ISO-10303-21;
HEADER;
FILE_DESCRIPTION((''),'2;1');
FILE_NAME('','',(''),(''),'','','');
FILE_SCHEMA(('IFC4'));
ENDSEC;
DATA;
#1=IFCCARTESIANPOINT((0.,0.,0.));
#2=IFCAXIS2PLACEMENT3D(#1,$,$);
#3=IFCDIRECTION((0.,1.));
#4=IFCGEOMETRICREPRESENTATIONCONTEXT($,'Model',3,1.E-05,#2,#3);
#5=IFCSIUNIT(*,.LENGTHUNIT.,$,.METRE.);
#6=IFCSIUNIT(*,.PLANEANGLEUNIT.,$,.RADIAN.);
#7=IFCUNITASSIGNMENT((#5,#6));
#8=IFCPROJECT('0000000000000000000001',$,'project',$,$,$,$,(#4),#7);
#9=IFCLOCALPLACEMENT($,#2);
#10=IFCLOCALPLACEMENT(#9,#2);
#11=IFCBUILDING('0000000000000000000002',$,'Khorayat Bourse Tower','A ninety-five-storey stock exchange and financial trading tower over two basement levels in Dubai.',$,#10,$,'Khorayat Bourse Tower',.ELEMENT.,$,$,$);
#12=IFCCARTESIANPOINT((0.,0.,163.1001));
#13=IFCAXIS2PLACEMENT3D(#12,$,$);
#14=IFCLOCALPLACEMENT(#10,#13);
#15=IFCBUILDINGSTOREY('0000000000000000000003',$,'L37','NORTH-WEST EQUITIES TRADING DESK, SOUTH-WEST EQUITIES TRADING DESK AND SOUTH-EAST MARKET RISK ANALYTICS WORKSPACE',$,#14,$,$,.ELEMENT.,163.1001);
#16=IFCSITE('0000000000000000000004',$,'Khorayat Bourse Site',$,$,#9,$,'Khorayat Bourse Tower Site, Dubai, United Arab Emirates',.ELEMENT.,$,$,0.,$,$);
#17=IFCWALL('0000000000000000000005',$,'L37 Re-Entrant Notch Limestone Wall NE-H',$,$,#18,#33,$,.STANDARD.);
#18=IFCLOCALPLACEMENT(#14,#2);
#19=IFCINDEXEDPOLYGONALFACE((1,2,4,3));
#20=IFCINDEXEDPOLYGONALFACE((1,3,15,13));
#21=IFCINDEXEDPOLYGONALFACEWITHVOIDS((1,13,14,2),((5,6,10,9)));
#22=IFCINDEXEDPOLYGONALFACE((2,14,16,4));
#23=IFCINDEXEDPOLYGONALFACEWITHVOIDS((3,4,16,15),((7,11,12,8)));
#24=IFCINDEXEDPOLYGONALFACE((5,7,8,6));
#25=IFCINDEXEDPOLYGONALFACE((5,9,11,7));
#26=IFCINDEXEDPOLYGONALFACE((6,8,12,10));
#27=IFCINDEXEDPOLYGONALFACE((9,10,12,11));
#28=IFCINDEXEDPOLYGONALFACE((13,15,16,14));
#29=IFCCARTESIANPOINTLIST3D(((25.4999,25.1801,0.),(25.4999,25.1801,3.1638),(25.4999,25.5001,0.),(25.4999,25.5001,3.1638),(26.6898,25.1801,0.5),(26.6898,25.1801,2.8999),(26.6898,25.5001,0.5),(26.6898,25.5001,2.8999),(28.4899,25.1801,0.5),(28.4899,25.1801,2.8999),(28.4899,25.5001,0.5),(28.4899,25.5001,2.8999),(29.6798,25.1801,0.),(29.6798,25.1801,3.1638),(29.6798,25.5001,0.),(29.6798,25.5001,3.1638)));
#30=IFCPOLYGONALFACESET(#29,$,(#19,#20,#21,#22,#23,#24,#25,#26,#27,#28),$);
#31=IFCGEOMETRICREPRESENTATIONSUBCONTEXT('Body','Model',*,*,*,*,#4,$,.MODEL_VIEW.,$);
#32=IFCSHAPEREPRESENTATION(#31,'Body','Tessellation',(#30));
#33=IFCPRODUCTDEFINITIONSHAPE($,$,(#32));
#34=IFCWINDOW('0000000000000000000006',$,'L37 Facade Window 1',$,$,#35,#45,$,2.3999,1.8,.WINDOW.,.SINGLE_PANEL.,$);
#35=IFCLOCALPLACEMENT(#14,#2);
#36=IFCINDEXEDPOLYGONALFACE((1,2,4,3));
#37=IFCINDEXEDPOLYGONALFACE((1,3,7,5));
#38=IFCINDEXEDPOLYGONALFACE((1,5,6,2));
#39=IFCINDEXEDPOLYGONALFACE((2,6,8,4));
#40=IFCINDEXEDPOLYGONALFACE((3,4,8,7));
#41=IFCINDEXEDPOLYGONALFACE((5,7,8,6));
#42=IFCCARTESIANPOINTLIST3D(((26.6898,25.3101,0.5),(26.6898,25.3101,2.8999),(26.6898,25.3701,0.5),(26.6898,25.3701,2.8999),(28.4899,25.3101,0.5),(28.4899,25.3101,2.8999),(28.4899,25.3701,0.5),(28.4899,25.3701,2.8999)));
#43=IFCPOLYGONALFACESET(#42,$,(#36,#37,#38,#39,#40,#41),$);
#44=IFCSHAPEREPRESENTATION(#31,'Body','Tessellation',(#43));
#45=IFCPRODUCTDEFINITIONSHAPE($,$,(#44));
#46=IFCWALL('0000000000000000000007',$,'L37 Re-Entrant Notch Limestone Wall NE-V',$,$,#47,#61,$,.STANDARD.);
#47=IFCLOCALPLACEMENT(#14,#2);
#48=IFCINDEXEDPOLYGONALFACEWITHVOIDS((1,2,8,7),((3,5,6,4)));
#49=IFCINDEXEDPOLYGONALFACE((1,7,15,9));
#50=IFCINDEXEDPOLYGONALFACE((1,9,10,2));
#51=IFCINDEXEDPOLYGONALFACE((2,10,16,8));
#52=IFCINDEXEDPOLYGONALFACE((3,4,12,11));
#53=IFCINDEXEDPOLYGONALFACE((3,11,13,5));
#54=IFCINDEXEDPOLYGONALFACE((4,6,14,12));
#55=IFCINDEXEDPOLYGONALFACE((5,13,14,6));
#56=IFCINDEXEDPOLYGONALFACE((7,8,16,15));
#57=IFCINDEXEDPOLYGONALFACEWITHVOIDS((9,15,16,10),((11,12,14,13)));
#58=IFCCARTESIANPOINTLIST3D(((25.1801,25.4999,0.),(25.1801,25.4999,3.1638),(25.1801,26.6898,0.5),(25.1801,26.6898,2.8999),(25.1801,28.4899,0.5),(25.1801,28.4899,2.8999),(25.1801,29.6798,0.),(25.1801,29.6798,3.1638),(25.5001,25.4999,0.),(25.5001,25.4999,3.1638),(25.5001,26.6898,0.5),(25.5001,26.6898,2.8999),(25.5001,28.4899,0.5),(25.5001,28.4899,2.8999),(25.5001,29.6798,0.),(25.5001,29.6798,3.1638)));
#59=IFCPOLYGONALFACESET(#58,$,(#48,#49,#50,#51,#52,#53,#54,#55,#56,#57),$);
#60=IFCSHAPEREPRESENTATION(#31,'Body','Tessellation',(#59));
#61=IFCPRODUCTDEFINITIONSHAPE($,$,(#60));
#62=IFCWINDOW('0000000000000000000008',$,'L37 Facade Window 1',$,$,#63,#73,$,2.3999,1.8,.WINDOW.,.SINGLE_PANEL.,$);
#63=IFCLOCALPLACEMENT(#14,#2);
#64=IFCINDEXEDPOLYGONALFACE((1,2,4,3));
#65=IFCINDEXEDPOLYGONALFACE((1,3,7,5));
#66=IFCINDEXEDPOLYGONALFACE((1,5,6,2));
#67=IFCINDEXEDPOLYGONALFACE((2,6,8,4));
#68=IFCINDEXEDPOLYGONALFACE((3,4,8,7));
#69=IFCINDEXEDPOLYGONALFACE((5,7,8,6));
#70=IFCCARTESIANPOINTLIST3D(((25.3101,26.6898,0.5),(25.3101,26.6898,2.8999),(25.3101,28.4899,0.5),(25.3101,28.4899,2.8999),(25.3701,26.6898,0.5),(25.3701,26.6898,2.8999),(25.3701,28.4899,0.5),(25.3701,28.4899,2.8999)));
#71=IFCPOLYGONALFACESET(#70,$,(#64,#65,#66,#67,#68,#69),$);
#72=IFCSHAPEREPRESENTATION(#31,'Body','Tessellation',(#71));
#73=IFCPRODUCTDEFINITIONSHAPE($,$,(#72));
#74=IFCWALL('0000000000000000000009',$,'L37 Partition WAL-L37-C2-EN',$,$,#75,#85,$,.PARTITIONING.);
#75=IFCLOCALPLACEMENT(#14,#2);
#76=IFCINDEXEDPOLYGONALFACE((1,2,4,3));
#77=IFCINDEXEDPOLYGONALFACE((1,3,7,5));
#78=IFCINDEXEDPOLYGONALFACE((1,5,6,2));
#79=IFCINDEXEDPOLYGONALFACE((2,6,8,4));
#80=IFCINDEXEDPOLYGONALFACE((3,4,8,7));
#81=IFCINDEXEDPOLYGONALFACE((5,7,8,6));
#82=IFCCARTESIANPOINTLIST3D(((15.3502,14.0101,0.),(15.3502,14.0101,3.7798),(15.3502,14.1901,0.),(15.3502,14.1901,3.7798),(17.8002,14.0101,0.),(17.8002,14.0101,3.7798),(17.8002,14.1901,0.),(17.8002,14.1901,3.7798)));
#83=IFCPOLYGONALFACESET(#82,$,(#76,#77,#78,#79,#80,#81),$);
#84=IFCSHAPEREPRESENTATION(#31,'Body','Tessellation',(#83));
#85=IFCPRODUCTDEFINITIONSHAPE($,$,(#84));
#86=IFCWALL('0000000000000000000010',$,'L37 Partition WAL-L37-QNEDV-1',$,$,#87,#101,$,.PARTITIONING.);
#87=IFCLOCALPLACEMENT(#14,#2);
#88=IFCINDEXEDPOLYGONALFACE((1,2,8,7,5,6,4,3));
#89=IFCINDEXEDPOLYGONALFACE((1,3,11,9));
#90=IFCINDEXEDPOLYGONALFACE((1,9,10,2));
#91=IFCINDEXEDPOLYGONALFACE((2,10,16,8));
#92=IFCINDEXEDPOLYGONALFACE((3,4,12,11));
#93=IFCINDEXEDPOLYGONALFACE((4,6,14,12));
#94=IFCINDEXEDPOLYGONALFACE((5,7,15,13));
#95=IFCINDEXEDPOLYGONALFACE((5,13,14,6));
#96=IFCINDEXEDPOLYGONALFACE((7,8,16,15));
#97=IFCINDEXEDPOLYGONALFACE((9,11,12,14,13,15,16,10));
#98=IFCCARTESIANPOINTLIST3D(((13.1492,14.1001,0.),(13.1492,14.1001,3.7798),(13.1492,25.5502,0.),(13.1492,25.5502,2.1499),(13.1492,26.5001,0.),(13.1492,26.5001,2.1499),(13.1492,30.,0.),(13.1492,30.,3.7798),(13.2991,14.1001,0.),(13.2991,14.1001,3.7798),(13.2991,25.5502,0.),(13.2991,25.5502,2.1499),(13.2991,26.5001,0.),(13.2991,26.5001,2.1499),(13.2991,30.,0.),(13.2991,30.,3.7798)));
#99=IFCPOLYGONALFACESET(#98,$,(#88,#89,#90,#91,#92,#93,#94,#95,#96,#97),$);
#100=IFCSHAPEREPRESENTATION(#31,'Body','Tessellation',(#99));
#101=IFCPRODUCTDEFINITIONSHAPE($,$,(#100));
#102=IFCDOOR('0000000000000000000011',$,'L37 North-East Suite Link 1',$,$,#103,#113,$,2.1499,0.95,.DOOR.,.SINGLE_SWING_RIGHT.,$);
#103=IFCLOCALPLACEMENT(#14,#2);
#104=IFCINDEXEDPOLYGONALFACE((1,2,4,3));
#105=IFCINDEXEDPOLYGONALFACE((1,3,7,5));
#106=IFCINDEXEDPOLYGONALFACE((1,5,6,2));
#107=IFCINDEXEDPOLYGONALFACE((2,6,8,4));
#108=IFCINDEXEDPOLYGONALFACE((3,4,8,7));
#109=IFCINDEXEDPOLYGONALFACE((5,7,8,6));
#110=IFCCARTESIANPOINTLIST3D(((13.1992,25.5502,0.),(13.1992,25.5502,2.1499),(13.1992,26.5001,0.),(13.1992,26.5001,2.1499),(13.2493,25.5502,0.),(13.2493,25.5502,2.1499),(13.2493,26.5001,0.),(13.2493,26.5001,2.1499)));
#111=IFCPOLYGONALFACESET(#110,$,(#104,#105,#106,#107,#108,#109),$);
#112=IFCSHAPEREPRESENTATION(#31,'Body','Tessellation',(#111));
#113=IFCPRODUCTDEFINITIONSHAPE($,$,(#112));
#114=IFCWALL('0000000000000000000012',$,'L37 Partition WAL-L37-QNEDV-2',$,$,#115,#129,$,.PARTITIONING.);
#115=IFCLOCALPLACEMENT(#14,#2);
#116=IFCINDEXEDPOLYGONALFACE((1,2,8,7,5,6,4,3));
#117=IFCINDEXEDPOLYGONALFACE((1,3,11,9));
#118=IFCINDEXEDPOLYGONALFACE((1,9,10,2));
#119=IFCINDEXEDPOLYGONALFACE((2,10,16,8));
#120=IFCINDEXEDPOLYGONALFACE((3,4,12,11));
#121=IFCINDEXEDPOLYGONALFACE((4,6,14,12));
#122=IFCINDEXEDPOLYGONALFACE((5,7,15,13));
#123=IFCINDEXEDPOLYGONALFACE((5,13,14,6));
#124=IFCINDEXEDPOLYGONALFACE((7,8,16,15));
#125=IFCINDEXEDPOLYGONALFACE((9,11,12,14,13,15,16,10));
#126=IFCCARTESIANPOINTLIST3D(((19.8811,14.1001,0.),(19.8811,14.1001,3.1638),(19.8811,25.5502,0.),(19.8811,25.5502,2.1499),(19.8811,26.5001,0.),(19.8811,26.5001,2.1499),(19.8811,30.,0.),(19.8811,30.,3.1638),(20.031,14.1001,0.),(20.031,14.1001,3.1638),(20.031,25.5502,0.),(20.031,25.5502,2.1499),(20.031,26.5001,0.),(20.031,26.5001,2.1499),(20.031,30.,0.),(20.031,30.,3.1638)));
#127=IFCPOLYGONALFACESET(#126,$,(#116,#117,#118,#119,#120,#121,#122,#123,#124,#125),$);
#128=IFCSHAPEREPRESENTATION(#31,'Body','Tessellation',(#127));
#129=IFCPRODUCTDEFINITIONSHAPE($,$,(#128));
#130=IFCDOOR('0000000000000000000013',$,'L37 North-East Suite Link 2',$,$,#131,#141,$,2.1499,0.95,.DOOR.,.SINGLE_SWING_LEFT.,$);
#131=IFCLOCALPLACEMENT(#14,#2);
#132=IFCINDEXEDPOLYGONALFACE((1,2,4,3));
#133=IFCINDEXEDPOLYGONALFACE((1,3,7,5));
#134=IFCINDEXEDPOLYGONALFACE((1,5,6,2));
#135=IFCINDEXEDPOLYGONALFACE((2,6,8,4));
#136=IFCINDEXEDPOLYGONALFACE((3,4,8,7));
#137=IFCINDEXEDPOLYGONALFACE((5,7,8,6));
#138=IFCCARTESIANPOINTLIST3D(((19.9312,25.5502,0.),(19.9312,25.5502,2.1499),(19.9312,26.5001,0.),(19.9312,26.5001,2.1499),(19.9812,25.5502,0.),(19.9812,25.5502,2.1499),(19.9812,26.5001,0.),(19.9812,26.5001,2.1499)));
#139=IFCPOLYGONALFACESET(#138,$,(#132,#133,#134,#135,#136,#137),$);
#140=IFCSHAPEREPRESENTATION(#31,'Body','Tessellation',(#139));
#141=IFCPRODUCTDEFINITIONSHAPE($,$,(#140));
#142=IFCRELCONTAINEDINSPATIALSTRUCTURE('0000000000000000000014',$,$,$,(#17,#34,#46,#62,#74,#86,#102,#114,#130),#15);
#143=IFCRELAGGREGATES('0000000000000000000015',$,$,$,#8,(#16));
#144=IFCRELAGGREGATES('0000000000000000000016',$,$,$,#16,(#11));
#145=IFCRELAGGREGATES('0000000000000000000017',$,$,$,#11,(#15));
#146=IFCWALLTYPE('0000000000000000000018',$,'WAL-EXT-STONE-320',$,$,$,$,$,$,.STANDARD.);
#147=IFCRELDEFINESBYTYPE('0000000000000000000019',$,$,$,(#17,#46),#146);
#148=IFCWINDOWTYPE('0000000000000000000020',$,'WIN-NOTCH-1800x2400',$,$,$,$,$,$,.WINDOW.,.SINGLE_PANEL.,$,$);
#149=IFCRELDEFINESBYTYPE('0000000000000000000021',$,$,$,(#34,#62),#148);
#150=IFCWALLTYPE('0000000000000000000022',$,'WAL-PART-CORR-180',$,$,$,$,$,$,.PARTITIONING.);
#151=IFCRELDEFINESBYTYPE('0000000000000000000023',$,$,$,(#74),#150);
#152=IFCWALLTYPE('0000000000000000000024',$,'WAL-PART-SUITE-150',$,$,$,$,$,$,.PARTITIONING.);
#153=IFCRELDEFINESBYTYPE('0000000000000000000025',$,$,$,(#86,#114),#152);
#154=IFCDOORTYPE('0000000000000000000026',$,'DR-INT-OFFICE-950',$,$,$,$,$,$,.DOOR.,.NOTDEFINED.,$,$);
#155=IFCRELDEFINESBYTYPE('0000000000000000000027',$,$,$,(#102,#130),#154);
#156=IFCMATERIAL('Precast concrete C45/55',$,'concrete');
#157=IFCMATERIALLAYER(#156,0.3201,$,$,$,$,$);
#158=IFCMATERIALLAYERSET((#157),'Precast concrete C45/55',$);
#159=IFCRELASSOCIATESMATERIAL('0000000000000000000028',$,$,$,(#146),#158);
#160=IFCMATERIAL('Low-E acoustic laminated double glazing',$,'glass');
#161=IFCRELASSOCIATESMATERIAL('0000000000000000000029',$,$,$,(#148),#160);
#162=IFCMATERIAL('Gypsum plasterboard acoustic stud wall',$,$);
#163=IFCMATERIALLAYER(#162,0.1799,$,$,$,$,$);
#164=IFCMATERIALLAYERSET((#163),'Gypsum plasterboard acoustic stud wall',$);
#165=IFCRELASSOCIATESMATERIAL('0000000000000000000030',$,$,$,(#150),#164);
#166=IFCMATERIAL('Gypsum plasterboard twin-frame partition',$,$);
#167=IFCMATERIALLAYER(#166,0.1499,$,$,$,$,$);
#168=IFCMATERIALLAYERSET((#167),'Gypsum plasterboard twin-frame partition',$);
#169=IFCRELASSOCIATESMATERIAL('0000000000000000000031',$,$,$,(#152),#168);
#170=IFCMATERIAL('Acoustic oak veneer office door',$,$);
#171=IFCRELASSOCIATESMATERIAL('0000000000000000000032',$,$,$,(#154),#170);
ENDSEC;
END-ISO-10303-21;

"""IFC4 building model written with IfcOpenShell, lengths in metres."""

from ifc_helpers import new_model, si_unit, direction, frame, frame_2d, origin, place, context, subcontext, project, spatial, rectangle, extrude, source, transform, mapped, material, layer, layer_set, type_object, element, fill, save


model = new_model("IFC4")

# Units and contexts
model_context = context("Model", 3, precision=1e-05, world=origin(), true_north=direction((0.0, 1.0)))
body_context = subcontext(model_context, "Body", "Model", "MODEL_VIEW")
ifc_project = project(units=[si_unit("LENGTHUNIT", "METRE"), si_unit("PLANEANGLEUNIT", "RADIAN")], contexts=[model_context])

# Site, building, storey
site_placement = place(None, origin())
site = spatial("IfcSite", under=ifc_project, at=site_placement, Name="Khorayat Bourse Site", LongName="Khorayat Bourse Tower Site, Dubai, United Arab Emirates", CompositionType="ELEMENT", RefElevation=0.0)
building_placement = place(site_placement, origin())
building = spatial("IfcBuilding", under=site, at=building_placement, Name="Khorayat Bourse Tower", Description="A ninety-five-storey stock exchange and financial trading tower over two basement levels in Dubai.", LongName="Khorayat Bourse Tower", CompositionType="ELEMENT")
storey_placement = place(building_placement, frame((0.0, 0.0, 163.1001)))
storey = spatial("IfcBuildingStorey", under=building, at=storey_placement, Name="L37", Description="NORTH-WEST EQUITIES TRADING DESK, SOUTH-WEST EQUITIES TRADING DESK AND SOUTH-EAST MARKET RISK ANALYTICS WORKSPACE", CompositionType="ELEMENT", Elevation=163.1001)

# Walls, openings, windows
ifc_material_1 = material(Name="Precast concrete C45/55", Category="concrete")
ifc_layer_1 = layer(ifc_material_1, 0.3201)
ifc_layer_set_1 = layer_set([ifc_layer_1], Name="Precast concrete C45/55")
wall_type_1 = type_object("IfcWallType", Name="WAL-EXT-STONE-320", PredefinedType="STANDARD", material=ifc_layer_set_1)
shared_shape_1 = source(origin(), body_context, "Body", "SweptSolid", [
    extrude(rectangle(XDim=4.1799, YDim=0.3201, at=frame_2d((2.0898, 0.0))), origin(), (0.0, 0.0, 1.0), 3.1638),
])
wall_1_placement = place(storey_placement, frame((25.5, 25.3401, 0.0), z_axis=(0.0, 0.0, 1.0), x_axis=(1.0, 0.0, 0.0)))
wall_1 = element("IfcWall", 1, at=wall_1_placement, inside=storey, type_object=wall_type_1, Name="L37 Re-Entrant Notch Limestone Wall NE-H", PredefinedType="STANDARD", context=body_context, shape_type="MappedRepresentation", body=[
    mapped(shared_shape_1, transform((0.0, 0.0, 0.0), scale=1.0)),
])
shared_shape_2 = source(origin(), body_context, "Body", "SweptSolid", [
    extrude(rectangle(XDim=1.8, YDim=2.3999, at=frame_2d((0.8999, 1.2))), frame((0.0, 0.1699, 0.0), z_axis=(0.0, -1.0, 0.0), x_axis=(1.0, 0.0, 0.0)), (0.0, 0.0, 1.0), 0.3401),
])
opening_1_placement = place(wall_1_placement, frame((1.1899, 0.0, 0.5)))
opening_1 = element("IfcOpeningElement", 2, at=opening_1_placement, cuts=wall_1, PredefinedType="OPENING", context=body_context, shape_type="MappedRepresentation", body=[
    mapped(shared_shape_2, transform((0.0, 0.0, 0.0), scale=1.0)),
])
ifc_material_2 = material(Name="Low-E acoustic laminated double glazing", Category="glass")
window_type = type_object("IfcWindowType", Name="WIN-NOTCH-1800x2400", PartitioningType="SINGLE_PANEL", PredefinedType="WINDOW", material=ifc_material_2)
shared_shape_3 = source(origin(), body_context, "Body", "SweptSolid", [
    extrude(rectangle(XDim=1.8, YDim=2.3999, at=frame_2d((0.8999, 1.2))), frame((0.0, 0.03, 0.0), z_axis=(0.0, -1.0, 0.0), x_axis=(1.0, 0.0, 0.0)), (0.0, 0.0, 1.0), 0.0601),
])
window_1_placement = place(opening_1_placement, origin())
window_1 = element("IfcWindow", 3, at=window_1_placement, inside=storey, type_object=window_type, Name="L37 Facade Window 1", OverallHeight=2.3999, OverallWidth=1.8, PartitioningType="SINGLE_PANEL", PredefinedType="WINDOW", context=body_context, shape_type="MappedRepresentation", body=[
    mapped(shared_shape_3, transform((0.0, 0.0, 0.0), scale=1.0)),
])
fill(opening_1, window_1)
wall_2_placement = place(storey_placement, frame((25.3401, 25.5, 0.0), z_axis=(0.0, 0.0, 1.0), x_axis=(0.0, 1.0, 0.0)))
wall_2 = element("IfcWall", 4, at=wall_2_placement, inside=storey, type_object=wall_type_1, Name="L37 Re-Entrant Notch Limestone Wall NE-V", PredefinedType="STANDARD", context=body_context, shape_type="MappedRepresentation", body=[
    mapped(shared_shape_1, transform((0.0, 0.0, 0.0), scale=1.0)),
])
opening_2_placement = place(wall_2_placement, frame((1.1899, 0.0, 0.5)))
opening_2 = element("IfcOpeningElement", 5, at=opening_2_placement, cuts=wall_2, PredefinedType="OPENING", context=body_context, shape_type="MappedRepresentation", body=[
    mapped(shared_shape_2, transform((0.0, 0.0, 0.0), scale=1.0)),
])
window_2_placement = place(opening_2_placement, origin())
window_2 = element("IfcWindow", 6, at=window_2_placement, inside=storey, type_object=window_type, Name="L37 Facade Window 1", OverallHeight=2.3999, OverallWidth=1.8, PartitioningType="SINGLE_PANEL", PredefinedType="WINDOW", context=body_context, shape_type="MappedRepresentation", body=[
    mapped(shared_shape_3, transform((0.0, 0.0, 0.0), scale=1.0)),
])
fill(opening_2, window_2)

# Wall
ifc_material_3 = material(Name="Gypsum plasterboard acoustic stud wall")
ifc_layer_2 = layer(ifc_material_3, 0.1799)
ifc_layer_set_2 = layer_set([ifc_layer_2], Name="Gypsum plasterboard acoustic stud wall")
wall_type_2 = type_object("IfcWallType", Name="WAL-PART-CORR-180", PredefinedType="PARTITIONING", material=ifc_layer_set_2)
shared_shape_4 = source(origin(), body_context, "Body", "SweptSolid", [
    extrude(rectangle(XDim=2.45, YDim=0.1799, at=frame_2d((1.2251, 0.0))), origin(), (0.0, 0.0, 1.0), 3.7798),
])
wall_3_placement = place(storey_placement, frame((15.3501, 14.1001, 0.0), z_axis=(0.0, 0.0, 1.0), x_axis=(1.0, 0.0, 0.0)))
element("IfcWall", 7, at=wall_3_placement, inside=storey, type_object=wall_type_2, Name="L37 Partition WAL-L37-C2-EN", PredefinedType="PARTITIONING", context=body_context, shape_type="MappedRepresentation", body=[
    mapped(shared_shape_4, transform((0.0, 0.0, 0.0), scale=1.0)),
])

# Walls, openings, doors
ifc_material_4 = material(Name="Gypsum plasterboard twin-frame partition")
ifc_layer_3 = layer(ifc_material_4, 0.1499)
ifc_layer_set_3 = layer_set([ifc_layer_3], Name="Gypsum plasterboard twin-frame partition")
wall_type_3 = type_object("IfcWallType", Name="WAL-PART-SUITE-150", PredefinedType="PARTITIONING", material=ifc_layer_set_3)
shared_shape_5 = source(origin(), body_context, "Body", "SweptSolid", [
    extrude(rectangle(XDim=15.8999, YDim=0.1499, at=frame_2d((7.95, 0.0))), origin(), (0.0, 0.0, 1.0), 3.7798),
])
wall_4_placement = place(storey_placement, frame((13.2241, 14.1001, 0.0), z_axis=(0.0, 0.0, 1.0), x_axis=(0.0, 1.0, 0.0)))
wall_4 = element("IfcWall", 8, at=wall_4_placement, inside=storey, type_object=wall_type_3, Name="L37 Partition WAL-L37-QNEDV-1", PredefinedType="PARTITIONING", context=body_context, shape_type="MappedRepresentation", body=[
    mapped(shared_shape_5, transform((0.0, 0.0, 0.0), scale=1.0)),
])
shared_shape_6 = source(origin(), body_context, "Body", "SweptSolid", [
    extrude(rectangle(XDim=0.95, YDim=2.1499, at=frame_2d((0.4751, 1.075))), frame((0.0, 0.085, 0.0), z_axis=(0.0, -1.0, 0.0), x_axis=(1.0, 0.0, 0.0)), (0.0, 0.0, 1.0), 0.1699),
])
opening_3_placement = place(wall_4_placement, frame((11.45, 0.0, 0.0)))
opening_3 = element("IfcOpeningElement", 9, at=opening_3_placement, cuts=wall_4, PredefinedType="OPENING", context=body_context, shape_type="MappedRepresentation", body=[
    mapped(shared_shape_6, transform((0.0, 0.0, 0.0), scale=1.0)),
])
ifc_material_5 = material(Name="Acoustic oak veneer office door")
door_type = type_object("IfcDoorType", Name="DR-INT-OFFICE-950", OperationType="NOTDEFINED", PredefinedType="DOOR", material=ifc_material_5)
shared_shape_7 = source(origin(), body_context, "Body", "SweptSolid", [
    extrude(rectangle(XDim=0.95, YDim=2.1499, at=frame_2d((0.4751, 1.075))), frame((0.0, 0.0249, 0.0), z_axis=(0.0, -1.0, 0.0), x_axis=(1.0, 0.0, 0.0)), (0.0, 0.0, 1.0), 0.05),
])
door_1_placement = place(opening_3_placement, origin())
door_1 = element("IfcDoor", 10, at=door_1_placement, inside=storey, type_object=door_type, Name="L37 North-East Suite Link 1", OperationType="SINGLE_SWING_RIGHT", OverallHeight=2.1499, OverallWidth=0.95, PredefinedType="DOOR", context=body_context, shape_type="MappedRepresentation", body=[
    mapped(shared_shape_7, transform((0.0, 0.0, 0.0), scale=1.0)),
])
fill(opening_3, door_1)
shared_shape_8 = source(origin(), body_context, "Body", "SweptSolid", [
    extrude(rectangle(XDim=15.8999, YDim=0.1499, at=frame_2d((7.95, 0.0))), origin(), (0.0, 0.0, 1.0), 3.1638),
])
wall_5_placement = place(storey_placement, frame((19.9561, 14.1001, 0.0), z_axis=(0.0, 0.0, 1.0), x_axis=(0.0, 1.0, 0.0)))
wall_5 = element("IfcWall", 11, at=wall_5_placement, inside=storey, type_object=wall_type_3, Name="L37 Partition WAL-L37-QNEDV-2", PredefinedType="PARTITIONING", context=body_context, shape_type="MappedRepresentation", body=[
    mapped(shared_shape_8, transform((0.0, 0.0, 0.0), scale=1.0)),
])
opening_4_placement = place(wall_5_placement, frame((11.45, 0.0, 0.0)))
opening_4 = element("IfcOpeningElement", 12, at=opening_4_placement, cuts=wall_5, PredefinedType="OPENING", context=body_context, shape_type="MappedRepresentation", body=[
    mapped(shared_shape_6, transform((0.0, 0.0, 0.0), scale=1.0)),
])
door_2_placement = place(opening_4_placement, origin())
door_2 = element("IfcDoor", 13, at=door_2_placement, inside=storey, type_object=door_type, Name="L37 North-East Suite Link 2", OperationType="SINGLE_SWING_LEFT", OverallHeight=2.1499, OverallWidth=0.95, PredefinedType="DOOR", context=body_context, shape_type="MappedRepresentation", body=[
    mapped(shared_shape_7, transform((0.0, 0.0, 0.0), scale=1.0)),
])
fill(opening_4, door_2)

save(model, "model.ifc")
